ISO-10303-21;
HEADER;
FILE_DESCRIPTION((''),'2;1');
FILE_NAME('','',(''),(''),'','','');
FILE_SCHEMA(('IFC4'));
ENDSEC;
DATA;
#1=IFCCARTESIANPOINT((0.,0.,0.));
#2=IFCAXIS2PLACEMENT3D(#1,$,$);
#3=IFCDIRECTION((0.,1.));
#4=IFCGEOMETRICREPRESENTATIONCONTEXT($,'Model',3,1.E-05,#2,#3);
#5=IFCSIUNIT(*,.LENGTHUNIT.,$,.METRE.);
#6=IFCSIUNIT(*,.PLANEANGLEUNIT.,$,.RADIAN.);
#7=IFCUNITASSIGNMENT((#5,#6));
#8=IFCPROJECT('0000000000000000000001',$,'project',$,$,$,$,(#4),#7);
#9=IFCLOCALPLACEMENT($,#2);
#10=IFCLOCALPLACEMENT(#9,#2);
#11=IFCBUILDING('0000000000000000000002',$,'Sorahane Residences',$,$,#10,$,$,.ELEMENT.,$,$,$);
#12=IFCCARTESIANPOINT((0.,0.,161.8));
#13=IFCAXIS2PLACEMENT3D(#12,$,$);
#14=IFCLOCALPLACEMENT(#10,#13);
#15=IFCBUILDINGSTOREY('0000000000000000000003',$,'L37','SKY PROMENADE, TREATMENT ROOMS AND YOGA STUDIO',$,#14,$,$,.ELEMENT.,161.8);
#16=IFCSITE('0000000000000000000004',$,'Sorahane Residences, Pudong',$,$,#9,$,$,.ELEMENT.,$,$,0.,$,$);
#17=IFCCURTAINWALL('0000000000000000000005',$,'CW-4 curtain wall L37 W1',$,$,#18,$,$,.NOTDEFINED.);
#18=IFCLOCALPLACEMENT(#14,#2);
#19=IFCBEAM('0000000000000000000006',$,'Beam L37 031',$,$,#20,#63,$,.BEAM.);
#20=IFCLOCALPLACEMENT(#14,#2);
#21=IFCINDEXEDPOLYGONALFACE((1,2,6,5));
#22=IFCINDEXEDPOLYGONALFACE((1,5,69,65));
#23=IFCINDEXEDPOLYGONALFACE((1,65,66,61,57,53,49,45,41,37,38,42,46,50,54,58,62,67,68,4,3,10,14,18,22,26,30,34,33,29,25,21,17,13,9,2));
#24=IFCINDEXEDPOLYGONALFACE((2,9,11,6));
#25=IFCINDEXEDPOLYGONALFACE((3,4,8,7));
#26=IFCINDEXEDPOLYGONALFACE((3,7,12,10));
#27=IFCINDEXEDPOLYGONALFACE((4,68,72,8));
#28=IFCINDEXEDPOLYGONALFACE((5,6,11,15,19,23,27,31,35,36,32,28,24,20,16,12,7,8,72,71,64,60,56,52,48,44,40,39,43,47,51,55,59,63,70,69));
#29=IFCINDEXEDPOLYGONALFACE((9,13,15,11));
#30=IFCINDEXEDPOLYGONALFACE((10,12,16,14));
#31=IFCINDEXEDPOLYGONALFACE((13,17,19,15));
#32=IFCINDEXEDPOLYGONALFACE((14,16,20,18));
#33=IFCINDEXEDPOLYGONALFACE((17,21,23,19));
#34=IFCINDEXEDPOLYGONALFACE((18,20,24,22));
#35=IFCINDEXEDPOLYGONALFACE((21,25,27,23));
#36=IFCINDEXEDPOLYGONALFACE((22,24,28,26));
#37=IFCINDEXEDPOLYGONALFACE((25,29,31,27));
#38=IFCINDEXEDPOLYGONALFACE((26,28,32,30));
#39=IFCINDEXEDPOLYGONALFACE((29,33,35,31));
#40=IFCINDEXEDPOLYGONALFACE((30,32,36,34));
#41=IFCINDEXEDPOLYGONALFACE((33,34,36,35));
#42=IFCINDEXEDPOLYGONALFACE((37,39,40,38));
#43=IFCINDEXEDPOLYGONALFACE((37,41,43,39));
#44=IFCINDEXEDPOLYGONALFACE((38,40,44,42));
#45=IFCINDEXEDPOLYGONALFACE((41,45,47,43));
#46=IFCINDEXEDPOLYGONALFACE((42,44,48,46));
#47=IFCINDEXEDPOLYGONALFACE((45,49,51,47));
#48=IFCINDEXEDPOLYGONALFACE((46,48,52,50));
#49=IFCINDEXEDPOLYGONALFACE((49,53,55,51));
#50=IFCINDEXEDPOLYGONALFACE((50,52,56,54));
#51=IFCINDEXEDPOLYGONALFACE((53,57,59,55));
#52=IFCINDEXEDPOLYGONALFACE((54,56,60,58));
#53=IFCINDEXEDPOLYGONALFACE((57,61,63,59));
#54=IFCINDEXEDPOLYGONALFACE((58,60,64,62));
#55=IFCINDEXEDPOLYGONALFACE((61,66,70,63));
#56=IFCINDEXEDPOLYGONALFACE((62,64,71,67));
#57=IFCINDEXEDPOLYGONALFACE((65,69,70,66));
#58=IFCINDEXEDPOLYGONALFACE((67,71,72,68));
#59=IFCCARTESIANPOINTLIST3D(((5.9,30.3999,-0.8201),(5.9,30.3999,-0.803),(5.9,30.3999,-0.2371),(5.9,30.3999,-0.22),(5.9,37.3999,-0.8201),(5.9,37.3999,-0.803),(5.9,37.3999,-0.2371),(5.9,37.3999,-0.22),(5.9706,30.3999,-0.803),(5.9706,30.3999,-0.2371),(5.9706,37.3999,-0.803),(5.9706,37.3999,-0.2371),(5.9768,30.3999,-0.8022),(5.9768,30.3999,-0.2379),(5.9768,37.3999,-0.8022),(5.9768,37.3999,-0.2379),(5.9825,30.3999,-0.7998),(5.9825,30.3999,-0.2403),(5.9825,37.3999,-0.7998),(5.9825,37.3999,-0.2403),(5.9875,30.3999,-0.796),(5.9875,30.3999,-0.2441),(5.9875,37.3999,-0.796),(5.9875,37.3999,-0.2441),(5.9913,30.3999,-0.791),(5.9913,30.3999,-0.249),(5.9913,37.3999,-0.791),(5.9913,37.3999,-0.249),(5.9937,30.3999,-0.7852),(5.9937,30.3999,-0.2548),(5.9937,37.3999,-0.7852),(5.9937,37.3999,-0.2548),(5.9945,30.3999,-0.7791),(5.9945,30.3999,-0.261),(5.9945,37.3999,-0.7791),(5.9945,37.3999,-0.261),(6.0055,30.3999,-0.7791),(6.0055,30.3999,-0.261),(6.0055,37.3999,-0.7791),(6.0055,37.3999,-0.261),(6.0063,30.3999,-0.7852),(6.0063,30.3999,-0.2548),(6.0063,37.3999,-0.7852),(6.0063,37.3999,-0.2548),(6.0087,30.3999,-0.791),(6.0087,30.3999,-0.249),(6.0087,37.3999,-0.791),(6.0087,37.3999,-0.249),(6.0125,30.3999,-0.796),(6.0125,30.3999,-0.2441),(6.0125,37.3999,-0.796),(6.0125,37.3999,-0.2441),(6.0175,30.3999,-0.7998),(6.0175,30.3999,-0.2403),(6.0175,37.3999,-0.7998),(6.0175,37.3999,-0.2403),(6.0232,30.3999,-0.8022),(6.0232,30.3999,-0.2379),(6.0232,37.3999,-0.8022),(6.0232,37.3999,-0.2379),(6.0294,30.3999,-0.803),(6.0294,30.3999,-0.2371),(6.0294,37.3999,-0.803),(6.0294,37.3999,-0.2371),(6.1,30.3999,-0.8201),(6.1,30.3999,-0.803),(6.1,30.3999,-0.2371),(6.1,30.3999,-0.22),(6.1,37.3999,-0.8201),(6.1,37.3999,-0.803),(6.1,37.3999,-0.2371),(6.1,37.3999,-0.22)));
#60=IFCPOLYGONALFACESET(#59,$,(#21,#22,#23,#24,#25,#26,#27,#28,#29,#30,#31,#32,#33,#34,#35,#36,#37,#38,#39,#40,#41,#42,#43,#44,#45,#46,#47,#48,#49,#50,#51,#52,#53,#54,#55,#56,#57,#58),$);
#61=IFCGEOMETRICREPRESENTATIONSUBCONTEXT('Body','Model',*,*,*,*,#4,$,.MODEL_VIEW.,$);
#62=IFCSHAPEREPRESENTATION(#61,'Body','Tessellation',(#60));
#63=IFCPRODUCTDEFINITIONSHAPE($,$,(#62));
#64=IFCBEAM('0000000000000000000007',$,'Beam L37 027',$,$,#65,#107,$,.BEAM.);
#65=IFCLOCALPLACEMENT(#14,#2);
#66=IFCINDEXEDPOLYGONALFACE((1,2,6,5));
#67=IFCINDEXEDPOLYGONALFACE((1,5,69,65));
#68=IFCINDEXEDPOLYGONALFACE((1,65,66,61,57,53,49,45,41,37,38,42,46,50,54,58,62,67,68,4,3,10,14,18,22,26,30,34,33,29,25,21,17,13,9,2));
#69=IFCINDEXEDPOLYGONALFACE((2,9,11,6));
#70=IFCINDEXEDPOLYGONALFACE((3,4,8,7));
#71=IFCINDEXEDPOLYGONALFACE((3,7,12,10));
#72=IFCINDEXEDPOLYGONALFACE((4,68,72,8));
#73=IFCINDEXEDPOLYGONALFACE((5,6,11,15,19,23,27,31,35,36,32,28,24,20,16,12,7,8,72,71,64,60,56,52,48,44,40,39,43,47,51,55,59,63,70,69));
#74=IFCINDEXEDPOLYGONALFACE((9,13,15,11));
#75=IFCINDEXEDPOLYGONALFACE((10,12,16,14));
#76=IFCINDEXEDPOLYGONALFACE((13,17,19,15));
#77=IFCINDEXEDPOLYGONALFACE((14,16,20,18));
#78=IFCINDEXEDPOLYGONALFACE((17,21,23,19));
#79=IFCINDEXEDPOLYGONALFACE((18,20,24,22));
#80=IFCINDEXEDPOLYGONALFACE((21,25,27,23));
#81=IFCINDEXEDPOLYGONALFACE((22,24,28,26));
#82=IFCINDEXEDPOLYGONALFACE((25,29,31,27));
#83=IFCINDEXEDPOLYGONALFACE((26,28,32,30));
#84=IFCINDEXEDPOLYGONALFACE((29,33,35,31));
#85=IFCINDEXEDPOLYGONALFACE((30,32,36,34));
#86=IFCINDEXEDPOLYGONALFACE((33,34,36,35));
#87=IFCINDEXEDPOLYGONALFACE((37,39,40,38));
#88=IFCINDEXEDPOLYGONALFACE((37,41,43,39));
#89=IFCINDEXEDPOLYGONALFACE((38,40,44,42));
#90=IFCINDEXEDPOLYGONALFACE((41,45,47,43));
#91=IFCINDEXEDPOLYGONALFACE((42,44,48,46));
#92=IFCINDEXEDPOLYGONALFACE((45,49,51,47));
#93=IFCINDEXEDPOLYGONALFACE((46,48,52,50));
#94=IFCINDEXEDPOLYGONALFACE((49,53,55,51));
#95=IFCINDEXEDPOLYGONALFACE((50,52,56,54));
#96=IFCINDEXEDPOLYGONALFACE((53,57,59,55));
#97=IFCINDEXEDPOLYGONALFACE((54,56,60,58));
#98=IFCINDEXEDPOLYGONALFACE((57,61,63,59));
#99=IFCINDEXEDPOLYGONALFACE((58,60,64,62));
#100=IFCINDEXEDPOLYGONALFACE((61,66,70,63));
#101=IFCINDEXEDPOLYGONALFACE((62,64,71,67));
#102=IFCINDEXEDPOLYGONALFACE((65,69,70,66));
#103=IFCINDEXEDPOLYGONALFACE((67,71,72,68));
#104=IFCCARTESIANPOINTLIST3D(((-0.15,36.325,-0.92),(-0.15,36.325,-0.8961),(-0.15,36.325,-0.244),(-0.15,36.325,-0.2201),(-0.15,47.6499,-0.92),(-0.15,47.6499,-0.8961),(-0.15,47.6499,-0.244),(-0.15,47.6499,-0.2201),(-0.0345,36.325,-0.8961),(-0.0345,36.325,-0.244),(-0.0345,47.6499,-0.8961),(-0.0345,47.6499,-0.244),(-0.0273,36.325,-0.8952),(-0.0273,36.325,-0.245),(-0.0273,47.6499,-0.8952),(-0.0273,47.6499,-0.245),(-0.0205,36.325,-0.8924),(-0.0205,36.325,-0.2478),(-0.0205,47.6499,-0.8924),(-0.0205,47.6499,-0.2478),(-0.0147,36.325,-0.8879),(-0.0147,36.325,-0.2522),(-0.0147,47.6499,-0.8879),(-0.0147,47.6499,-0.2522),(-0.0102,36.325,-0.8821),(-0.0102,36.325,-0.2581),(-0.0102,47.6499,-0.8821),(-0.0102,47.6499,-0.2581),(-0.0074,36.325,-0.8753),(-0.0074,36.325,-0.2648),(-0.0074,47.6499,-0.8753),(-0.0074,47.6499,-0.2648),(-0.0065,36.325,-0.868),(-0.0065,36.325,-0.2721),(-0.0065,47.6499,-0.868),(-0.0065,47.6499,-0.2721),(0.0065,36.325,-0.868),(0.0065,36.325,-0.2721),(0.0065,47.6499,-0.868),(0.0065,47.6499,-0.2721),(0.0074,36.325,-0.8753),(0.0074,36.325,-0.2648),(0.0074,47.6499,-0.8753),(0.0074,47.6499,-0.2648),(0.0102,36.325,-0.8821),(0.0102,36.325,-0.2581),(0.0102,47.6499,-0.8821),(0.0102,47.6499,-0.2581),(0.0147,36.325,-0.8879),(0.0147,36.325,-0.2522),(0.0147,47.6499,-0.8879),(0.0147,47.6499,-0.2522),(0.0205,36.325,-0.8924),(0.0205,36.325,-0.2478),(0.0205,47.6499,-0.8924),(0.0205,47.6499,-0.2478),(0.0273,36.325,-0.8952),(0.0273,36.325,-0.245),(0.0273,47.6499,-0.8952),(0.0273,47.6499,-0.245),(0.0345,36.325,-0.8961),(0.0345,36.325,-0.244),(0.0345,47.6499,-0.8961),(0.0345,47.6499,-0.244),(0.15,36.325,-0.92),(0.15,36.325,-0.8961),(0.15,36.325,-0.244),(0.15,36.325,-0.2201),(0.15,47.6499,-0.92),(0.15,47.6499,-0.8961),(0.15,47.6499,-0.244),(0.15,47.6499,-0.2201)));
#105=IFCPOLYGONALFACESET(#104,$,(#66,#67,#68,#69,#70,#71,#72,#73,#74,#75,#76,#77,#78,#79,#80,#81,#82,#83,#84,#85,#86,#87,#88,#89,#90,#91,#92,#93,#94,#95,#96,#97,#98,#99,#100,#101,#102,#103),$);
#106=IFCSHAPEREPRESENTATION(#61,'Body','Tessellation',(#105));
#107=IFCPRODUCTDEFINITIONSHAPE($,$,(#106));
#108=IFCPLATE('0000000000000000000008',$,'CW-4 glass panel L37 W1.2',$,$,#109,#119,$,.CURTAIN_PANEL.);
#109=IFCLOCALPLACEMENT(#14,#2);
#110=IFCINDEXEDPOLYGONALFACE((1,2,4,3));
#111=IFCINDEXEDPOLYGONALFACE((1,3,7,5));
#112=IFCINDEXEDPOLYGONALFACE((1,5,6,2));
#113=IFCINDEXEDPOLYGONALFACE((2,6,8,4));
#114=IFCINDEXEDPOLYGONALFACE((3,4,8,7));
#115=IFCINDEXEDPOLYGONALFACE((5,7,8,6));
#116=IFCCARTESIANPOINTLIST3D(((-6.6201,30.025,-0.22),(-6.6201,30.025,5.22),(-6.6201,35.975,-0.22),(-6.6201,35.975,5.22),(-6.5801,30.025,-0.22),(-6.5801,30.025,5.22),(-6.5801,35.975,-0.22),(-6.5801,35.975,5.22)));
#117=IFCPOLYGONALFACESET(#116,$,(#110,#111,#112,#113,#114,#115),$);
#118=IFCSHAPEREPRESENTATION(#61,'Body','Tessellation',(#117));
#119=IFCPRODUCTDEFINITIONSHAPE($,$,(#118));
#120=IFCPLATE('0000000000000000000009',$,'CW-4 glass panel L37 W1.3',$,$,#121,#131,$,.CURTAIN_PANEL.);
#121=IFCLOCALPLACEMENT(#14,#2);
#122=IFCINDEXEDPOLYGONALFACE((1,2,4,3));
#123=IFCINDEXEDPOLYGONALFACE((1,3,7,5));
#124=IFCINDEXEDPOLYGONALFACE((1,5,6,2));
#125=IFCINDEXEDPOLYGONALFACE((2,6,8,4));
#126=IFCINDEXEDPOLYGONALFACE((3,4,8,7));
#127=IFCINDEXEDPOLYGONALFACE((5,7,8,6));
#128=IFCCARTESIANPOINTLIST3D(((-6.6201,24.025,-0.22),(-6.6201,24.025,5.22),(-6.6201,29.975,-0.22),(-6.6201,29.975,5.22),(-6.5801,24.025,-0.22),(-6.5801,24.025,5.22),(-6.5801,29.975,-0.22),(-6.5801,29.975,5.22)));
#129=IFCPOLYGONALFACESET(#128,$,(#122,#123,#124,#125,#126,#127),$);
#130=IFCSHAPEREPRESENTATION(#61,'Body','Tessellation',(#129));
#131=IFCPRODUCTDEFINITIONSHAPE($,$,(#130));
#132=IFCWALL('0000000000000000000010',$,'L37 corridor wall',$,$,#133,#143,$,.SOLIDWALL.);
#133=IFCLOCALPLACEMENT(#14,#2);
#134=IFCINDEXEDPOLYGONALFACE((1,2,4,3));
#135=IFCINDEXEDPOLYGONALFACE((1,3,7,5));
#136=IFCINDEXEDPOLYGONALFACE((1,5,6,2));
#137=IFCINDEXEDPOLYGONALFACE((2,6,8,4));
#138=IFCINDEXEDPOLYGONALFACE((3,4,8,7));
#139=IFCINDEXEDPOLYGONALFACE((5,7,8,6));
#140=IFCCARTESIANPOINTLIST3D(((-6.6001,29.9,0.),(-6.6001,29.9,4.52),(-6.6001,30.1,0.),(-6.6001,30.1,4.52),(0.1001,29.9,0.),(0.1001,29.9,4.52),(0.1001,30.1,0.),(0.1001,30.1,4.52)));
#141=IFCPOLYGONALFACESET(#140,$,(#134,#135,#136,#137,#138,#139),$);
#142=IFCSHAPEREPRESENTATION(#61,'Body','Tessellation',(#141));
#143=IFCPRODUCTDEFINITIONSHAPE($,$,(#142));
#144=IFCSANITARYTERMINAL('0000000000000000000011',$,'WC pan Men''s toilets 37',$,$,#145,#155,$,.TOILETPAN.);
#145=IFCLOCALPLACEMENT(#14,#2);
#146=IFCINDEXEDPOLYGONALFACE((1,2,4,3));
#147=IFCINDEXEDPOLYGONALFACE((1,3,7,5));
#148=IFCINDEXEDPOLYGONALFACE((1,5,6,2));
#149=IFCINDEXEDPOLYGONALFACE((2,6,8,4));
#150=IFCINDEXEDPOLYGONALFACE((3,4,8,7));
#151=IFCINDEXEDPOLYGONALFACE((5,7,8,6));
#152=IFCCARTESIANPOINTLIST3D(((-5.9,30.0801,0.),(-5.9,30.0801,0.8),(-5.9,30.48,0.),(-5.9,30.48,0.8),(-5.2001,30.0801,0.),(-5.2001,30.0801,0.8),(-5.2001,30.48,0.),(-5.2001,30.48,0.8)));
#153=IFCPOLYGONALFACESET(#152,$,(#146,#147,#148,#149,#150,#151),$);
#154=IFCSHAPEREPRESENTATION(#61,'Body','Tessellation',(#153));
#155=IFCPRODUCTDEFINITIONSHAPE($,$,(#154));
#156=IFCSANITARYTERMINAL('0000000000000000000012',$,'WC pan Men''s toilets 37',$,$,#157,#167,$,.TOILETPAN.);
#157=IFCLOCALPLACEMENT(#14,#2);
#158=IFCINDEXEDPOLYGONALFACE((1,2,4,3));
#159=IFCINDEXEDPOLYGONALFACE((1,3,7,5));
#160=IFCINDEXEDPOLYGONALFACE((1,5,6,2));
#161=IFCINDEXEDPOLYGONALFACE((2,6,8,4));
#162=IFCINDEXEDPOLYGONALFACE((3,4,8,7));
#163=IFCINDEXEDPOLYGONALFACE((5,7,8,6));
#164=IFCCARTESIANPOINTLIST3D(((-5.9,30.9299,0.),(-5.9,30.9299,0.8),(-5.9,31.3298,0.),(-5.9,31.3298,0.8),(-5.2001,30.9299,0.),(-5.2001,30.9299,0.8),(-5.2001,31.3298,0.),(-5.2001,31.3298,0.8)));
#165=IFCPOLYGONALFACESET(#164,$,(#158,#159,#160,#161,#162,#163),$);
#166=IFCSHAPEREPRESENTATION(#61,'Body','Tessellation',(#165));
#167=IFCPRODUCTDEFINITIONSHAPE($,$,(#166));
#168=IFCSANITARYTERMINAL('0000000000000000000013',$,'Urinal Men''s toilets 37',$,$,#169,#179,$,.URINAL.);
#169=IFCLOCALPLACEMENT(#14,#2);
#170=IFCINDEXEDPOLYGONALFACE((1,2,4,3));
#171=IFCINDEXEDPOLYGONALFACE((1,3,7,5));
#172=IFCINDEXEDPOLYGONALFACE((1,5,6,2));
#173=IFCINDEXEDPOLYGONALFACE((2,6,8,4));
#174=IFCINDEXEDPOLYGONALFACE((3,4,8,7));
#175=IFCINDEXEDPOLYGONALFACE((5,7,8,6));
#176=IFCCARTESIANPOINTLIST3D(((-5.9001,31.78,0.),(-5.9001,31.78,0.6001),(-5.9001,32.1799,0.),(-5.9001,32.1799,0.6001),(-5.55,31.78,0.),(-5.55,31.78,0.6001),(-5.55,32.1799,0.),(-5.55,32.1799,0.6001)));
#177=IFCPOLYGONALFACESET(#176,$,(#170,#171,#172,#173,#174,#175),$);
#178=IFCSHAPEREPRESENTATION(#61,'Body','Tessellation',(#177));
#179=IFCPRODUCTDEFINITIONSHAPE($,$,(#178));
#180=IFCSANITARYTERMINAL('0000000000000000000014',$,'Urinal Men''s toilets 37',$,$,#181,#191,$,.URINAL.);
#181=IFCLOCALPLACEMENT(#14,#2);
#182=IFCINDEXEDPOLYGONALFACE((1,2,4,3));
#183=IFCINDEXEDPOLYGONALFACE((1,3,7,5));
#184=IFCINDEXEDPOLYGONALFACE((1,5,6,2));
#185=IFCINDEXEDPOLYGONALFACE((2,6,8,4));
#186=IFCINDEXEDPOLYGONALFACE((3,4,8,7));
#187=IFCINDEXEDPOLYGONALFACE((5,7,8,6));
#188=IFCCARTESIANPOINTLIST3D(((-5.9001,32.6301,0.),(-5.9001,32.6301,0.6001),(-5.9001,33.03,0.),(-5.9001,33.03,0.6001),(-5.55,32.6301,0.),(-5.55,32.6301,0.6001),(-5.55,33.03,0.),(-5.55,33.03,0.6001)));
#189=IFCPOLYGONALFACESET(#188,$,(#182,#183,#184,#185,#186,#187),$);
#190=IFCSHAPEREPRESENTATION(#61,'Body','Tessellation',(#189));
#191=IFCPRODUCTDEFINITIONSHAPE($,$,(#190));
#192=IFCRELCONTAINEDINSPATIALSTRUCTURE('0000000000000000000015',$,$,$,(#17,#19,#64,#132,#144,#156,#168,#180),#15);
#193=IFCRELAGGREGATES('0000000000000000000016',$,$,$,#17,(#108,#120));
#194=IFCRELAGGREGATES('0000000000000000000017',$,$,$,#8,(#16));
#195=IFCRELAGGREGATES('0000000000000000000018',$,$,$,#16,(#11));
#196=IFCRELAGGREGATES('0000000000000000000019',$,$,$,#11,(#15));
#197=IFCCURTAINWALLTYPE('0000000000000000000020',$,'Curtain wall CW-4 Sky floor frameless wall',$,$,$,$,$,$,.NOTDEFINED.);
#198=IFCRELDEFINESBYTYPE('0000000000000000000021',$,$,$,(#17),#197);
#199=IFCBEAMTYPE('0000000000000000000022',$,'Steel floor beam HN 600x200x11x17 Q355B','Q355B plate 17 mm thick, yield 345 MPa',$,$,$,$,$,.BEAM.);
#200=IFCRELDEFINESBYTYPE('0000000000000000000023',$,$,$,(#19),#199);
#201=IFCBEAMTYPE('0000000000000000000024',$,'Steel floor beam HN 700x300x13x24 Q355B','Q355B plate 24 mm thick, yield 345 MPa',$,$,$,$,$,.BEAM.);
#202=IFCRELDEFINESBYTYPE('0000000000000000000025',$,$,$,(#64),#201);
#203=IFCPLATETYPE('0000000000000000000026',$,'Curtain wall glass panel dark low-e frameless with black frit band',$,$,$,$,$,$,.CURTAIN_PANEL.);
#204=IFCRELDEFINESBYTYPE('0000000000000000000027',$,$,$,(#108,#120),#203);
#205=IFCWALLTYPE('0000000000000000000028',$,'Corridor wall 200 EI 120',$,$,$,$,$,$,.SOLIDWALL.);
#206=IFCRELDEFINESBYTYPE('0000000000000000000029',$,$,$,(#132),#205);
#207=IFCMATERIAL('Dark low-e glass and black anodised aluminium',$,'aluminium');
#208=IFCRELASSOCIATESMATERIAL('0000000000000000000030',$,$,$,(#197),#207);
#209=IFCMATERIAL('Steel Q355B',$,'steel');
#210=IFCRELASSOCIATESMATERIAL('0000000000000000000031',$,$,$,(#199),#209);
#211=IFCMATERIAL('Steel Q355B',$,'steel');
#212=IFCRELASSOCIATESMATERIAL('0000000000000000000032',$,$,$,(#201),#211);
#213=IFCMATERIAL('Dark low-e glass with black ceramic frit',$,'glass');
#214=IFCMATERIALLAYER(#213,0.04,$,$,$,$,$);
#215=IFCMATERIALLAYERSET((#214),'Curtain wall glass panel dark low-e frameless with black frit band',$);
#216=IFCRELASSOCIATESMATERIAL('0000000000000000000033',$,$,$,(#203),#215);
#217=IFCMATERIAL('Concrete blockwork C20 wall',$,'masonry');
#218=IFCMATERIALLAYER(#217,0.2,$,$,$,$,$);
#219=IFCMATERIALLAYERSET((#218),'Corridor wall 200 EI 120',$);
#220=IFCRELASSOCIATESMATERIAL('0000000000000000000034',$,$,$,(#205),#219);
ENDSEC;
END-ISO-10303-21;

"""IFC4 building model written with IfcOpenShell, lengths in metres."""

from ifc_helpers import new_model, si_unit, direction, frame, frame_2d, origin, origin_2d, place, context, subcontext, project, spatial, rectangle, i_section, extrude, material, layer, layer_set, material_profile, profile_set, type_object, element, aggregate, save


model = new_model("IFC4")

# Units and contexts
model_context = context("Model", 3, precision=1e-05, world=origin(), true_north=direction((0.0, 1.0)))
body_context = subcontext(model_context, "Body", "Model", "MODEL_VIEW")
ifc_project = project(units=[si_unit("LENGTHUNIT", "METRE"), si_unit("PLANEANGLEUNIT", "RADIAN")], contexts=[model_context])

# Site, building, storey
site_placement = place(None, origin())
site = spatial("IfcSite", under=ifc_project, at=site_placement, Name="Sorahane Residences, Pudong", CompositionType="ELEMENT", RefElevation=0.0)
building_placement = place(site_placement, origin())
building = spatial("IfcBuilding", under=site, at=building_placement, Name="Sorahane Residences", CompositionType="ELEMENT")
storey_placement = place(building_placement, frame((0.0, 0.0, 161.8)))
storey = spatial("IfcBuildingStorey", under=building, at=storey_placement, Name="L37", Description="SKY PROMENADE, TREATMENT ROOMS AND YOGA STUDIO", CompositionType="ELEMENT", Elevation=161.8)

# Curtain wall
ifc_material_1 = material(Name="Dark low-e glass and black anodised aluminium", Category="aluminium")
curtain_wall_type = type_object("IfcCurtainWallType", Name="Curtain wall CW-4 Sky floor frameless wall", PredefinedType="NOTDEFINED", material=ifc_material_1)
curtain_wall_placement = place(storey_placement, origin())
curtain_wall = element("IfcCurtainWall", 1, at=curtain_wall_placement, inside=storey, type_object=curtain_wall_type, Name="CW-4 curtain wall L37 W1", PredefinedType="NOTDEFINED")

# Beams
ifc_material_2 = material(Name="Steel Q355B", Category="steel")
ifc_material_profile_1 = material_profile(ifc_material_2, i_section(OverallWidth=0.2, OverallDepth=0.6001, WebThickness=0.011, FlangeThickness=0.0171, FilletRadius=0.0239, at=origin_2d()), Name="HN 600x200x11x17")
ifc_profile_set_1 = profile_set([ifc_material_profile_1], Name="Steel Q355B")
beam_type_1 = type_object("IfcBeamType", Name="Steel floor beam HN 600x200x11x17 Q355B", Description="Q355B plate 17 mm thick, yield 345 MPa", PredefinedType="BEAM", material=ifc_profile_set_1)
beam_1_placement = place(storey_placement, frame((6.0, 30.3999, -0.52), z_axis=(0.0, 1.0, 0.0), x_axis=(-1.0, 0.0, 0.0)))
element("IfcBeam", 2, at=beam_1_placement, inside=storey, type_object=beam_type_1, Name="Beam L37 031", PredefinedType="BEAM", context=body_context, shape_type="SweptSolid", body=[
    extrude(i_section(OverallWidth=0.2, OverallDepth=0.6001, WebThickness=0.011, FlangeThickness=0.0171, FilletRadius=0.0239, at=origin_2d()), origin(), (0.0, 0.0, 1.0), 7.0),
])
ifc_material_3 = material(Name="Steel Q355B", Category="steel")
ifc_material_profile_2 = material_profile(ifc_material_3, i_section(OverallWidth=0.3, OverallDepth=0.7, WebThickness=0.0129, FlangeThickness=0.0239, FilletRadius=0.0281, at=origin_2d()), Name="HN 700x300x13x24")
ifc_profile_set_2 = profile_set([ifc_material_profile_2], Name="Steel Q355B")
beam_type_2 = type_object("IfcBeamType", Name="Steel floor beam HN 700x300x13x24 Q355B", Description="Q355B plate 24 mm thick, yield 345 MPa", PredefinedType="BEAM", material=ifc_profile_set_2)
beam_2_placement = place(storey_placement, frame((0.0, 36.325, -0.5701), z_axis=(0.0, 1.0, 0.0), x_axis=(-1.0, 0.0, 0.0)))
element("IfcBeam", 3, at=beam_2_placement, inside=storey, type_object=beam_type_2, Name="Beam L37 027", PredefinedType="BEAM", context=body_context, shape_type="SweptSolid", body=[
    extrude(i_section(OverallWidth=0.3, OverallDepth=0.7, WebThickness=0.0129, FlangeThickness=0.0239, FilletRadius=0.0281, at=origin_2d()), origin(), (0.0, 0.0, 1.0), 11.325),
])

# Plates
ifc_material_4 = material(Name="Dark low-e glass with black ceramic frit", Category="glass")
ifc_layer_1 = layer(ifc_material_4, 0.04)
ifc_layer_set_1 = layer_set([ifc_layer_1], Name="Curtain wall glass panel dark low-e frameless with black frit band")
plate_type = type_object("IfcPlateType", Name="Curtain wall glass panel dark low-e frameless with black frit band", PredefinedType="CURTAIN_PANEL", material=ifc_layer_set_1)
plate_1_placement = place(storey_placement, frame((-6.6001, 33.0, -0.22), z_axis=(0.0, 0.0, 1.0), x_axis=(0.0, -1.0, 0.0)))
plate_1 = element("IfcPlate", 4, at=plate_1_placement, type_object=plate_type, Name="CW-4 glass panel L37 W1.2", PredefinedType="CURTAIN_PANEL", context=body_context, shape_type="SweptSolid", body=[
    extrude(rectangle(XDim=5.95, YDim=0.04, at=origin_2d()), origin(), (0.0, 0.0, 1.0), 5.4399),
])
plate_2_placement = place(storey_placement, frame((-6.6001, 27.0, -0.22), z_axis=(0.0, 0.0, 1.0), x_axis=(0.0, -1.0, 0.0)))
plate_2 = element("IfcPlate", 5, at=plate_2_placement, type_object=plate_type, Name="CW-4 glass panel L37 W1.3", PredefinedType="CURTAIN_PANEL", context=body_context, shape_type="SweptSolid", body=[
    extrude(rectangle(XDim=5.95, YDim=0.04, at=origin_2d()), origin(), (0.0, 0.0, 1.0), 5.4399),
])
aggregate(curtain_wall, [plate_1, plate_2])

# Wall
ifc_material_5 = material(Name="Concrete blockwork C20 wall", Category="masonry")
ifc_layer_2 = layer(ifc_material_5, 0.2)
ifc_layer_set_2 = layer_set([ifc_layer_2], Name="Corridor wall 200 EI 120")
wall_type = type_object("IfcWallType", Name="Corridor wall 200 EI 120", PredefinedType="SOLIDWALL", material=ifc_layer_set_2)
wall_placement = place(storey_placement, frame((-6.6001, 30.0, 0.0), z_axis=(0.0, 0.0, 1.0), x_axis=(1.0, 0.0, 0.0)))
element("IfcWall", 6, at=wall_placement, inside=storey, type_object=wall_type, Name="L37 corridor wall", PredefinedType="SOLIDWALL", context=body_context, shape_type="SweptSolid", body=[
    extrude(rectangle(XDim=6.7002, YDim=0.2, at=frame_2d((3.3501, 0.0))), origin(), (0.0, 0.0, 1.0), 4.52),
])

# Sanitary terminals
for number, where, z_axis, x_axis, name in (
    (7, (-5.55, 30.28, 0.0), (0.0, 0.0, 1.0), (0.0, 1.0, 0.0), "WC pan Men's toilets 37"),
    (8, (-5.55, 31.1299, 0.0), (0.0, 0.0, 1.0), (0.0, 1.0, 0.0), "WC pan Men's toilets 37"),
):
    element("IfcSanitaryTerminal", number, at=place(storey_placement, frame(where, z_axis=z_axis, x_axis=x_axis)), inside=storey, Name=name, PredefinedType="TOILETPAN", context=body_context, shape_type="SweptSolid", body=[
        extrude(rectangle(XDim=0.3999, YDim=0.7, at=origin_2d()), origin(), (0.0, 0.0, 1.0), 0.8),
    ])
for number, where, z_axis, x_axis, name in (
    (9, (-5.7251, 31.98, 0.0), (0.0, 0.0, 1.0), (0.0, 1.0, 0.0), "Urinal Men's toilets 37"),
    (10, (-5.7251, 32.8301, 0.0), (0.0, 0.0, 1.0), (0.0, 1.0, 0.0), "Urinal Men's toilets 37"),
):
    element("IfcSanitaryTerminal", number, at=place(storey_placement, frame(where, z_axis=z_axis, x_axis=x_axis)), inside=storey, Name=name, PredefinedType="URINAL", context=body_context, shape_type="SweptSolid", body=[
        extrude(rectangle(XDim=0.3999, YDim=0.3501, at=origin_2d()), origin(), (0.0, 0.0, 1.0), 0.6001),
    ])

save(model, "model.ifc")
